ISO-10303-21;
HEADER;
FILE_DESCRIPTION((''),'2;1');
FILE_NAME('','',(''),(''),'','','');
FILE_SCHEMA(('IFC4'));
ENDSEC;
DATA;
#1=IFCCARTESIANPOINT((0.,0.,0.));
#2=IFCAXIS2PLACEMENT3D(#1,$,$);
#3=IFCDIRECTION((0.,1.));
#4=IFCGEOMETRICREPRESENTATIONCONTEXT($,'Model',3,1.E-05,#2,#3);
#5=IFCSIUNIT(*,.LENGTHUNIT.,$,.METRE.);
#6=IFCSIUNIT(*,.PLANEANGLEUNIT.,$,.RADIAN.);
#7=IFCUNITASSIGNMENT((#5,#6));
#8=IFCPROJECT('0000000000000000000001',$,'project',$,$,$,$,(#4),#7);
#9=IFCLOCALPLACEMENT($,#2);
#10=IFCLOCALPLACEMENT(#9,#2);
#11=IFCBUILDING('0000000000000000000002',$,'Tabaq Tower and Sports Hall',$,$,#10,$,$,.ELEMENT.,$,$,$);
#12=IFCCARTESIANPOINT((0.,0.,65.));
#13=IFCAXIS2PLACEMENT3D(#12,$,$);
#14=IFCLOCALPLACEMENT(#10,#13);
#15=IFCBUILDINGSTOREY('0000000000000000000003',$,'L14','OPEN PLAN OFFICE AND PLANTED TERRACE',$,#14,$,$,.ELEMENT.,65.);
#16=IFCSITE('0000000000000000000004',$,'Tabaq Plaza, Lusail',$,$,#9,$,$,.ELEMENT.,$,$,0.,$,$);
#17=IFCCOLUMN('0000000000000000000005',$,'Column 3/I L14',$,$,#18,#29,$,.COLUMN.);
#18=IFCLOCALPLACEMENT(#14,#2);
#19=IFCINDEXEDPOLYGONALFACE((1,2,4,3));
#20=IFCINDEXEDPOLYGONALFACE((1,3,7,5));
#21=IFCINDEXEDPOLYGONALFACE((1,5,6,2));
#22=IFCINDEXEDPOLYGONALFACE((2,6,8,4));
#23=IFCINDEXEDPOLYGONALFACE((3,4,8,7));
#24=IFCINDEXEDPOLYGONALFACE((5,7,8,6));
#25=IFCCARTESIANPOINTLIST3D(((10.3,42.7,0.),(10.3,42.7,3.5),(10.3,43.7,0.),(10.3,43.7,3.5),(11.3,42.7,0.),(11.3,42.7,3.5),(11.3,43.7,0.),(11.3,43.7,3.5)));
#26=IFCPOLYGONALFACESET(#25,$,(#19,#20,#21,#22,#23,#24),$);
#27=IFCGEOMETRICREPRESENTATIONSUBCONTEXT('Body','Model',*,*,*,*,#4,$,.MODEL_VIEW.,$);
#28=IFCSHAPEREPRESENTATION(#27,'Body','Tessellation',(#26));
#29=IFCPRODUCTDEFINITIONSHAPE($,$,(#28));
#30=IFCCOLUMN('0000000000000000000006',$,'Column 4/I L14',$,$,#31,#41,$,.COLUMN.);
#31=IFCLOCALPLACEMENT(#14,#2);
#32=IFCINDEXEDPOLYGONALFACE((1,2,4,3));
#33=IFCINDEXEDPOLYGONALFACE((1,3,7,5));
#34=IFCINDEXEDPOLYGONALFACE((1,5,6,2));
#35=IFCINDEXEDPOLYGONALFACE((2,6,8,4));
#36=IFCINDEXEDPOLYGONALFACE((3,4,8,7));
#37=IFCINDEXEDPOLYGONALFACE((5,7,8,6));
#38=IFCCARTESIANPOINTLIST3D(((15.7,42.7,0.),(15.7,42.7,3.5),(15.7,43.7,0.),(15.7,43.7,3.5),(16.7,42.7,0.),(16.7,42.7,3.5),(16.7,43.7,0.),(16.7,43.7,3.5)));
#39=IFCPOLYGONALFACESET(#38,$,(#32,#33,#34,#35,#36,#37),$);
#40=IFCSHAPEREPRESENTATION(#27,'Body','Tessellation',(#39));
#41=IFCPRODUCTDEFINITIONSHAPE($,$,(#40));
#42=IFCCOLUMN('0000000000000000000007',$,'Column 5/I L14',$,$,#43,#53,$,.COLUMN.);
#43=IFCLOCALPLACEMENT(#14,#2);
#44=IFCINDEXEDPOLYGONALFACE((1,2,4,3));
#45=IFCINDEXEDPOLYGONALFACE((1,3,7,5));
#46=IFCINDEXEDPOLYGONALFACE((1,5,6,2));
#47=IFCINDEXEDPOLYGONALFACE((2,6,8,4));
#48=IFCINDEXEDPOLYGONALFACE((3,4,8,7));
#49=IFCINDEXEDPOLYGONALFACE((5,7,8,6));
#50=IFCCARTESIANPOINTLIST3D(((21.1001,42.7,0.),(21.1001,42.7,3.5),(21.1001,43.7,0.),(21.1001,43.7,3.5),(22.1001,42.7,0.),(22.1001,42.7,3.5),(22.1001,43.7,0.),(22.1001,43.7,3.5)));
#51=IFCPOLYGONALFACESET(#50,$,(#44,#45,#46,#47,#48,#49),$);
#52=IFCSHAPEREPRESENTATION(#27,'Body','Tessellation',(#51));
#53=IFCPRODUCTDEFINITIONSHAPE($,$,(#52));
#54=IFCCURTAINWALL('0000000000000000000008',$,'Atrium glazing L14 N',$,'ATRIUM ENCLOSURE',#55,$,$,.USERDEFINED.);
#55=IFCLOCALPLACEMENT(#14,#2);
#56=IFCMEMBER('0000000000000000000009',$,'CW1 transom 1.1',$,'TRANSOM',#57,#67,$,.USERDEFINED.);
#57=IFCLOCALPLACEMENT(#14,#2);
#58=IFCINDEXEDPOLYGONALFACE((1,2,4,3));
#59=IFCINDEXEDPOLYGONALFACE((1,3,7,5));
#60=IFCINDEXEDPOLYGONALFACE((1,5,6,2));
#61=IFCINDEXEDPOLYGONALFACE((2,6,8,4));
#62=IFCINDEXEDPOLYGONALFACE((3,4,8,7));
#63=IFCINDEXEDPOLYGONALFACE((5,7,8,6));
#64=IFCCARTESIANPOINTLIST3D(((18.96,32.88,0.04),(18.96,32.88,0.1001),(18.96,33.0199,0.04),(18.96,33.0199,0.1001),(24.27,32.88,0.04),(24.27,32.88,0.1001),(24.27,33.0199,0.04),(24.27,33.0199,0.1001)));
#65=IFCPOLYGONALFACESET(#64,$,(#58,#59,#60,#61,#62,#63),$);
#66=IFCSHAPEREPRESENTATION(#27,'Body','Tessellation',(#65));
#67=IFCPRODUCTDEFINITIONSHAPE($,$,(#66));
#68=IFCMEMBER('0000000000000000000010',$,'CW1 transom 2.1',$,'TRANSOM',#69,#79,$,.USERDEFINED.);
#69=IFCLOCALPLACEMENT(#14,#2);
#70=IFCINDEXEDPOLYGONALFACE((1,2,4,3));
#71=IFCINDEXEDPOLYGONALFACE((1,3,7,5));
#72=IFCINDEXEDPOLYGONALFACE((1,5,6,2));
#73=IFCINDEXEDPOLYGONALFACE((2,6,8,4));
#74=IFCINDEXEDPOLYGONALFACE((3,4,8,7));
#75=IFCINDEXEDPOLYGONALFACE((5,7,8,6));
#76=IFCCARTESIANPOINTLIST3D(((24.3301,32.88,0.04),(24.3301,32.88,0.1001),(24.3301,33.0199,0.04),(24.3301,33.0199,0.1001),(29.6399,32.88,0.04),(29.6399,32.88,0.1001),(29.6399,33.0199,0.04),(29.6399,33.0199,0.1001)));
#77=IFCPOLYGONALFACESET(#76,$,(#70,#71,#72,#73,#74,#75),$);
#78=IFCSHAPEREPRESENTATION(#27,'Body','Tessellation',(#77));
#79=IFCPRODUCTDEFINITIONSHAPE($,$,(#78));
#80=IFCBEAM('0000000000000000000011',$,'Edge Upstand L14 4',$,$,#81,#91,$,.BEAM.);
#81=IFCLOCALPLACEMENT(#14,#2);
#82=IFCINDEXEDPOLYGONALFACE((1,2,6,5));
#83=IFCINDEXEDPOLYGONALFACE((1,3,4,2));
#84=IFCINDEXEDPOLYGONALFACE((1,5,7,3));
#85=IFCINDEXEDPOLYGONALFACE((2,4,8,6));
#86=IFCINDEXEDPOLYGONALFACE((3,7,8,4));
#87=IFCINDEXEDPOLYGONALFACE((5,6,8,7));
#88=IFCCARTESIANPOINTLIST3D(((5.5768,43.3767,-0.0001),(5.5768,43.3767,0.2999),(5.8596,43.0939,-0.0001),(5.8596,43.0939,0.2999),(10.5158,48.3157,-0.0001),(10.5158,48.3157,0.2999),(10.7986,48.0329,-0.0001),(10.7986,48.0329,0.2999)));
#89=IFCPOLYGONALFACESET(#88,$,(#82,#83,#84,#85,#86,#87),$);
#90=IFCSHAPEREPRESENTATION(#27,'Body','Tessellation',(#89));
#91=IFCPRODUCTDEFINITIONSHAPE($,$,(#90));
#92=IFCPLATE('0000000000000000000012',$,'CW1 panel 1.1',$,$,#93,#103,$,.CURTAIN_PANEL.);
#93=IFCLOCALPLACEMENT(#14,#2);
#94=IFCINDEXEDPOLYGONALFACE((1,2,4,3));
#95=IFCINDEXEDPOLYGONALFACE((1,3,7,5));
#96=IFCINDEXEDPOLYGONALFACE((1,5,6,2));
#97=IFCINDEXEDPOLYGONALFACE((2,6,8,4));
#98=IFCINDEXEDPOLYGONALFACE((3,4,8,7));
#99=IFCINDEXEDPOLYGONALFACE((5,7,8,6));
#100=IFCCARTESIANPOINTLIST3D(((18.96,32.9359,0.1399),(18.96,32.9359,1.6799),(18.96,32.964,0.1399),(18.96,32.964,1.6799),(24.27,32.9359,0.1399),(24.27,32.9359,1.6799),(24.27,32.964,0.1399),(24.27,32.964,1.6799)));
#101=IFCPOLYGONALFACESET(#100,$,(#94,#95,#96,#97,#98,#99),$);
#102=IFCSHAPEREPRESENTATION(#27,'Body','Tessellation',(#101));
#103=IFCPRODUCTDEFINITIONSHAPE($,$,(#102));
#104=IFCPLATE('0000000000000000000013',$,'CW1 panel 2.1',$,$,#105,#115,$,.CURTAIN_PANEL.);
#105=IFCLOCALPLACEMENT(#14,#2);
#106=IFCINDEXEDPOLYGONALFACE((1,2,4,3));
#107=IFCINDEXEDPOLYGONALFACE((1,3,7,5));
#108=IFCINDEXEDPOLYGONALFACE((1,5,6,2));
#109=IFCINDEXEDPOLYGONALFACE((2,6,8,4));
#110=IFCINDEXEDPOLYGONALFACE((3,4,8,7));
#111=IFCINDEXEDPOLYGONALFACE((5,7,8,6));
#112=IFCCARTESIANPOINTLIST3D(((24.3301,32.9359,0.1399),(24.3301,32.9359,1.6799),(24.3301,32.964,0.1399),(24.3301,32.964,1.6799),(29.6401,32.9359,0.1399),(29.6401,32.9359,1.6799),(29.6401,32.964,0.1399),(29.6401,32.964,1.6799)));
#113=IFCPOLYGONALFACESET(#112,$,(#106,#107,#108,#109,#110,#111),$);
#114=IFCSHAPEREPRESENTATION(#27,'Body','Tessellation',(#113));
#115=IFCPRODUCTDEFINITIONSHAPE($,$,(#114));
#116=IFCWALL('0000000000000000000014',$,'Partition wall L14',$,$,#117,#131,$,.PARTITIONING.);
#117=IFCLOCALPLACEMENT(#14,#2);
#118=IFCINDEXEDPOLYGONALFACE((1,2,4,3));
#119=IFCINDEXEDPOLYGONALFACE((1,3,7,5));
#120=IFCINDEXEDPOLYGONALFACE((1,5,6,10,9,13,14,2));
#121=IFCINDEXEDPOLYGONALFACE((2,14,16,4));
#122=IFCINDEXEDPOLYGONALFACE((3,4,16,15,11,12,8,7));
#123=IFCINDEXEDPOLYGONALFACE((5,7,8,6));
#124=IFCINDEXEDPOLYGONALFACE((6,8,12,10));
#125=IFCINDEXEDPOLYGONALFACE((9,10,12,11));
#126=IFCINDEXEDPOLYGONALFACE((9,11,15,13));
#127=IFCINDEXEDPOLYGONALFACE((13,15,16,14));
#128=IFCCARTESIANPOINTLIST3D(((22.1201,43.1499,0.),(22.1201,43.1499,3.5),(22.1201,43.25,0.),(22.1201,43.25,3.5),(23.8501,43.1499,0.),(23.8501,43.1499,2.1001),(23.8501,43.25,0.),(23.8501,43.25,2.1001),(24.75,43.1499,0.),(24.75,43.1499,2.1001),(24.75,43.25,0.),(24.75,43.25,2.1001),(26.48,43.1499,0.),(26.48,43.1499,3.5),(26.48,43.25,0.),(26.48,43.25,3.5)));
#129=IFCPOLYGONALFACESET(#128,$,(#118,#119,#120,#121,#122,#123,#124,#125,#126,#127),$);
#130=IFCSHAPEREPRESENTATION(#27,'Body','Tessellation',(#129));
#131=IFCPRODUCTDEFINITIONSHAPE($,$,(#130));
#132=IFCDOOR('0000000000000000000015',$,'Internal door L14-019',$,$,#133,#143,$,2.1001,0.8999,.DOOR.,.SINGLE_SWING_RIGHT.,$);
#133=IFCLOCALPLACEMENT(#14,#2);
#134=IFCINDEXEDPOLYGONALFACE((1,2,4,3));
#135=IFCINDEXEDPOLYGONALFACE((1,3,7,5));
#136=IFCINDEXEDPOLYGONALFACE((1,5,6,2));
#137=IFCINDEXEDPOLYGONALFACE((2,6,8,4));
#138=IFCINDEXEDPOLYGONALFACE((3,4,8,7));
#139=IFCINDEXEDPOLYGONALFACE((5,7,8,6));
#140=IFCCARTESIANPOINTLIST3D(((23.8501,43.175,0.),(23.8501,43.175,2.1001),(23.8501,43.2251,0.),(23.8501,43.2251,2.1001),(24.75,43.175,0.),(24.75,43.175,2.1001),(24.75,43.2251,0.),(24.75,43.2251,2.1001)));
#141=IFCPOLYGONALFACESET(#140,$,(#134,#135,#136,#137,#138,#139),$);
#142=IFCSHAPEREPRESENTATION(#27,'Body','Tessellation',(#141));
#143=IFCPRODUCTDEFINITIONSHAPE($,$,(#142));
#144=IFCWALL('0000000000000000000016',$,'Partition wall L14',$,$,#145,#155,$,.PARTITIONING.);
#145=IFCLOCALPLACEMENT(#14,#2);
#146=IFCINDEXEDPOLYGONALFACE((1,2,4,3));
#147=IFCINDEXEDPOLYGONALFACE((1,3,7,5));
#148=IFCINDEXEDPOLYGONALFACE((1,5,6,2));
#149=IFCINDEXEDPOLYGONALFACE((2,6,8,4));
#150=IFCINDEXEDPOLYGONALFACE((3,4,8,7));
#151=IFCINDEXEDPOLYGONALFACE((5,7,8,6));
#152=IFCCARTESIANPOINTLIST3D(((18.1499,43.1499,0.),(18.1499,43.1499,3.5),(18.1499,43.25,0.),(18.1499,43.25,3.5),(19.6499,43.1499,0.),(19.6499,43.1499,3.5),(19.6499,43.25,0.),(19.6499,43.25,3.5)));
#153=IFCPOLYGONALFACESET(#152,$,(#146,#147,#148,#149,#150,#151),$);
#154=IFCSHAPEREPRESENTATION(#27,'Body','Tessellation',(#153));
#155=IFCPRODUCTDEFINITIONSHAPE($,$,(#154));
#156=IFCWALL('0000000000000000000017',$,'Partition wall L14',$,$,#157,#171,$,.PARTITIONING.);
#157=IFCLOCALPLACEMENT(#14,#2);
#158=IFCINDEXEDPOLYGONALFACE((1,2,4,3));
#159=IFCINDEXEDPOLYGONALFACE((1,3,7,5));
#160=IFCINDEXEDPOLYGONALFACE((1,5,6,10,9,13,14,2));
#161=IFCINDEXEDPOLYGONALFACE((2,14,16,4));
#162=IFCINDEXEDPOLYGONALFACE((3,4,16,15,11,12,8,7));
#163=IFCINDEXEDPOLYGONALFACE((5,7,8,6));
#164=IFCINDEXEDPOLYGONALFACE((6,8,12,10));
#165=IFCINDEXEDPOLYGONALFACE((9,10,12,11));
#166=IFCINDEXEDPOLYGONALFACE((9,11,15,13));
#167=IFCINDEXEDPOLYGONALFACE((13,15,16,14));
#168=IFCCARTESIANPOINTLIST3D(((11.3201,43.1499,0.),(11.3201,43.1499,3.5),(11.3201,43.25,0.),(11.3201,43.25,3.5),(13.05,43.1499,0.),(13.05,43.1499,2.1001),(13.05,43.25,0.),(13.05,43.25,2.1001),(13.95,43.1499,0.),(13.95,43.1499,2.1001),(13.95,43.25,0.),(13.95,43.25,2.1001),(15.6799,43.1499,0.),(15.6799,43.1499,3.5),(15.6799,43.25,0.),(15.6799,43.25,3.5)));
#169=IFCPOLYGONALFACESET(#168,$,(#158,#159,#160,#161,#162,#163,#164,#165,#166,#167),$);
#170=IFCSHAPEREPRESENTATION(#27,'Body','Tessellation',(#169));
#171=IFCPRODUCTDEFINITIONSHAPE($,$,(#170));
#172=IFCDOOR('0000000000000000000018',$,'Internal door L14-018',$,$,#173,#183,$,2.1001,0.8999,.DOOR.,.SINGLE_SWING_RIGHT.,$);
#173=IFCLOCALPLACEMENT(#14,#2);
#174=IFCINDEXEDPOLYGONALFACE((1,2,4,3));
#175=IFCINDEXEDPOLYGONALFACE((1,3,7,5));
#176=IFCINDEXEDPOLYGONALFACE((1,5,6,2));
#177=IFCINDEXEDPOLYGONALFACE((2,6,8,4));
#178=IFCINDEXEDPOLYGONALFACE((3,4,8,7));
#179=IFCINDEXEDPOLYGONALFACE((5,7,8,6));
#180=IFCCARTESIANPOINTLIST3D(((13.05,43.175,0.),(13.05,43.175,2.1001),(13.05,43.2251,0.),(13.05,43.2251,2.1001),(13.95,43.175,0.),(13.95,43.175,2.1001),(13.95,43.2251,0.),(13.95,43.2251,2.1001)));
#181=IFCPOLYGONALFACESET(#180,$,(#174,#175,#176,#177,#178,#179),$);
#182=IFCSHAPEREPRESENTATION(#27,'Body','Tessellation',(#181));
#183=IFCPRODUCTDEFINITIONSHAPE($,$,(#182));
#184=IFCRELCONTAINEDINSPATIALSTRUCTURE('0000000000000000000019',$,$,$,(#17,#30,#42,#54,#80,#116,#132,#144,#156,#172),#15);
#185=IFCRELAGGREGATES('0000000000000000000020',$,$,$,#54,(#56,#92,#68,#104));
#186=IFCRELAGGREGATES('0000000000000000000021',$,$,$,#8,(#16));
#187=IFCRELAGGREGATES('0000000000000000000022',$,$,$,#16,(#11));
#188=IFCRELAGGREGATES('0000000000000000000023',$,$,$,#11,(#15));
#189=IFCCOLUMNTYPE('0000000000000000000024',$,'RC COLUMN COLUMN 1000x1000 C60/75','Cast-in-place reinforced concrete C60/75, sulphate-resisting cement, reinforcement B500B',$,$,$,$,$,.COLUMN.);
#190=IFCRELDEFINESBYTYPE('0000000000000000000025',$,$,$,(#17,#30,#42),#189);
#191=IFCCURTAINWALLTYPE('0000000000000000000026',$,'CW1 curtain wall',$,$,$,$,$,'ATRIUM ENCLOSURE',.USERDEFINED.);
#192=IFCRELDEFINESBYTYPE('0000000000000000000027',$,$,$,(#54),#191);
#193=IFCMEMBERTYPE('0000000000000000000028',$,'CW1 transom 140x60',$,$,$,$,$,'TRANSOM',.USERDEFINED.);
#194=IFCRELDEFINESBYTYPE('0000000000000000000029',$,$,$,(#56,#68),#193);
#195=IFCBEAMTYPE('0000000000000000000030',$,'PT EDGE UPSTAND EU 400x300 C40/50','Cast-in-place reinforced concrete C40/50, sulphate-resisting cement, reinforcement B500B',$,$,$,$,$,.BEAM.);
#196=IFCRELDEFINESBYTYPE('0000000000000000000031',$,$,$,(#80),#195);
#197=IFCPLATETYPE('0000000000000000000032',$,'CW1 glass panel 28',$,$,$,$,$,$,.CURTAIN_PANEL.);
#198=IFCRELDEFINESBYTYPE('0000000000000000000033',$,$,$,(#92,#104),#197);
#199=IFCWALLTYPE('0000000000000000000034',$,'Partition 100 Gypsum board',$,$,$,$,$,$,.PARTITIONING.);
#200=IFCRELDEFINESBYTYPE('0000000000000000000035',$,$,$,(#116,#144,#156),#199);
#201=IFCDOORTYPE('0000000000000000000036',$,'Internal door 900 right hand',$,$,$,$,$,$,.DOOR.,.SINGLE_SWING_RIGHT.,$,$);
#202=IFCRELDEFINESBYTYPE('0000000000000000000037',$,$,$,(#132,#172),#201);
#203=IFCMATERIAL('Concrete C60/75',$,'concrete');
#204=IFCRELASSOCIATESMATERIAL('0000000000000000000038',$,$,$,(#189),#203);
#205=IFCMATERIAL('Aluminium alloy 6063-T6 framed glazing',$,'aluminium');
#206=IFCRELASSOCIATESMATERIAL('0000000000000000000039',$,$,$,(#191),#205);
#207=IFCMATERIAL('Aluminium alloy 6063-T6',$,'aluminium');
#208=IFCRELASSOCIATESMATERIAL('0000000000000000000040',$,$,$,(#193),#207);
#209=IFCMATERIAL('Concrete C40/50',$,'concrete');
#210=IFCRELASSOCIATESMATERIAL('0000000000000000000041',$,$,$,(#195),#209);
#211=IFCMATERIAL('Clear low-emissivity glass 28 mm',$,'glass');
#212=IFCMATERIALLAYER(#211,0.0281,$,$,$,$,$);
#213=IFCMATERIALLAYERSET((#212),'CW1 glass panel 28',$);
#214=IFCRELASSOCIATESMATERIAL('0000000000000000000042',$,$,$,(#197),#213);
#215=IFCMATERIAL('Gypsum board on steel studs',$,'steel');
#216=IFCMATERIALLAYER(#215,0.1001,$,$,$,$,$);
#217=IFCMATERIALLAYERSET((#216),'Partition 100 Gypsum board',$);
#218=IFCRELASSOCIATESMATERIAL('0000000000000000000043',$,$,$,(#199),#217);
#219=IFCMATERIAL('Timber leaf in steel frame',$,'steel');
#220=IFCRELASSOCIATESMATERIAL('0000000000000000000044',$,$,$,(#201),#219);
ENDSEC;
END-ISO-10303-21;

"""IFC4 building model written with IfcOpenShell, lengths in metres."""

from ifc_helpers import new_model, si_unit, direction, frame, frame_2d, origin, origin_2d, place, context, subcontext, project, spatial, rectangle, extrude, material, layer, layer_set, material_profile, profile_set, type_object, element, fill, aggregate, save


model = new_model("IFC4")

# Units and contexts
model_context = context("Model", 3, precision=1e-05, world=origin(), true_north=direction((0.0, 1.0)))
body_context = subcontext(model_context, "Body", "Model", "MODEL_VIEW")
ifc_project = project(units=[si_unit("LENGTHUNIT", "METRE"), si_unit("PLANEANGLEUNIT", "RADIAN")], contexts=[model_context])

# Site, building, storey
site_placement = place(None, origin())
site = spatial("IfcSite", under=ifc_project, at=site_placement, Name="Tabaq Plaza, Lusail", CompositionType="ELEMENT", RefElevation=0.0)
building_placement = place(site_placement, origin())
building = spatial("IfcBuilding", under=site, at=building_placement, Name="Tabaq Tower and Sports Hall", CompositionType="ELEMENT")
storey_placement = place(building_placement, frame((0.0, 0.0, 65.0)))
storey = spatial("IfcBuildingStorey", under=building, at=storey_placement, Name="L14", Description="OPEN PLAN OFFICE AND PLANTED TERRACE", CompositionType="ELEMENT", Elevation=65.0)

# Columns
ifc_material_1 = material(Name="Concrete C60/75", Category="concrete")
ifc_material_profile_1 = material_profile(ifc_material_1, rectangle(XDim=1.0, YDim=1.0, at=origin_2d()), Name="COLUMN 1000x1000")
ifc_profile_set_1 = profile_set([ifc_material_profile_1], Name="Concrete C60/75")
column_type = type_object("IfcColumnType", Name="RC COLUMN COLUMN 1000x1000 C60/75", Description="Cast-in-place reinforced concrete C60/75, sulphate-resisting cement, reinforcement B500B", PredefinedType="COLUMN", material=ifc_profile_set_1)
for number, where, z_axis, x_axis, name in (
    (1, (10.8, 43.2, 0.0), (0.0, 0.0, 1.0), (1.0, 0.0, 0.0), "Column 3/I L14"),
    (2, (16.2, 43.2, 0.0), (0.0, 0.0, 1.0), (1.0, 0.0, 0.0), "Column 4/I L14"),
    (3, (21.6001, 43.2, 0.0), (0.0, 0.0, 1.0), (1.0, 0.0, 0.0), "Column 5/I L14"),
):
    element("IfcColumn", number, at=place(storey_placement, frame(where, z_axis=z_axis, x_axis=x_axis)), inside=storey, type_object=column_type, Name=name, PredefinedType="COLUMN", context=body_context, shape_type="SweptSolid", body=[
        extrude(rectangle(XDim=1.0, YDim=1.0, at=origin_2d()), origin(), (0.0, 0.0, 1.0), 3.5),
    ])

# Curtain wall, members
ifc_material_2 = material(Name="Aluminium alloy 6063-T6 framed glazing", Category="aluminium")
curtain_wall_type = type_object("IfcCurtainWallType", Name="CW1 curtain wall", ElementType="ATRIUM ENCLOSURE", PredefinedType="USERDEFINED", material=ifc_material_2)
curtain_wall_placement = place(storey_placement, origin())
curtain_wall = element("IfcCurtainWall", 4, at=curtain_wall_placement, inside=storey, type_object=curtain_wall_type, Name="Atrium glazing L14 N", ObjectType="ATRIUM ENCLOSURE", PredefinedType="USERDEFINED")
ifc_material_3 = material(Name="Aluminium alloy 6063-T6", Category="aluminium")
ifc_material_profile_2 = material_profile(ifc_material_3, rectangle(XDim=0.1399, YDim=0.0601, at=origin_2d()), Name="TRANSOM 140x60")
ifc_profile_set_2 = profile_set([ifc_material_profile_2], Name="Aluminium alloy 6063-T6")
member_type = type_object("IfcMemberType", Name="CW1 transom 140x60", ElementType="TRANSOM", PredefinedType="USERDEFINED", material=ifc_profile_set_2)
member_1_placement = place(storey_placement, frame((18.96, 32.95, 0.0701), z_axis=(1.0, 0.0, 0.0), x_axis=(0.0, 1.0, 0.0)))
member_1 = element("IfcMember", 5, at=member_1_placement, type_object=member_type, Name="CW1 transom 1.1", ObjectType="TRANSOM", PredefinedType="USERDEFINED", context=body_context, shape_type="SweptSolid", body=[
    extrude(rectangle(XDim=0.1399, YDim=0.0601, at=origin_2d()), origin(), (0.0, 0.0, 1.0), 5.3101),
])
member_2_placement = place(storey_placement, frame((24.3301, 32.95, 0.0701), z_axis=(1.0, 0.0, 0.0), x_axis=(0.0, 1.0, 0.0)))
member_2 = element("IfcMember", 6, at=member_2_placement, type_object=member_type, Name="CW1 transom 2.1", ObjectType="TRANSOM", PredefinedType="USERDEFINED", context=body_context, shape_type="SweptSolid", body=[
    extrude(rectangle(XDim=0.1399, YDim=0.0601, at=origin_2d()), origin(), (0.0, 0.0, 1.0), 5.3098),
])

# Beam
ifc_material_4 = material(Name="Concrete C40/50", Category="concrete")
ifc_material_profile_3 = material_profile(ifc_material_4, rectangle(XDim=0.3999, YDim=0.3, at=origin_2d()), Name="EU 400x300")
ifc_profile_set_3 = profile_set([ifc_material_profile_3], Name="Concrete C40/50")
beam_type = type_object("IfcBeamType", Name="PT EDGE UPSTAND EU 400x300 C40/50", Description="Cast-in-place reinforced concrete C40/50, sulphate-resisting cement, reinforcement B500B", PredefinedType="BEAM", material=ifc_profile_set_3)
beam_placement = place(storey_placement, frame((10.6572, 48.1743, 0.1499), z_axis=(-0.707107, -0.707107, 0.0), x_axis=(0.707107, -0.707107, 0.0)))
element("IfcBeam", 7, at=beam_placement, inside=storey, type_object=beam_type, Name="Edge Upstand L14 4", PredefinedType="BEAM", context=body_context, shape_type="SweptSolid", body=[
    extrude(rectangle(XDim=0.3999, YDim=0.3, at=origin_2d()), origin(), (0.0, 0.0, 1.0), 6.9849),
])

# Plates
ifc_material_5 = material(Name="Clear low-emissivity glass 28 mm", Category="glass")
ifc_layer_1 = layer(ifc_material_5, 0.0281)
ifc_layer_set_1 = layer_set([ifc_layer_1], Name="CW1 glass panel 28")
plate_type = type_object("IfcPlateType", Name="CW1 glass panel 28", PredefinedType="CURTAIN_PANEL", material=ifc_layer_set_1)
plate_1_placement = place(storey_placement, frame((21.615, 32.95, 0.1399), z_axis=(0.0, 0.0, 1.0), x_axis=(1.0, 0.0, 0.0)))
plate_1 = element("IfcPlate", 8, at=plate_1_placement, type_object=plate_type, Name="CW1 panel 1.1", PredefinedType="CURTAIN_PANEL", context=body_context, shape_type="SweptSolid", body=[
    extrude(rectangle(XDim=5.3101, YDim=0.0281, at=origin_2d()), origin(), (0.0, 0.0, 1.0), 1.54),
])
plate_2_placement = place(storey_placement, frame((26.9851, 32.95, 0.1399), z_axis=(0.0, 0.0, 1.0), x_axis=(1.0, 0.0, 0.0)))
plate_2 = element("IfcPlate", 9, at=plate_2_placement, type_object=plate_type, Name="CW1 panel 2.1", PredefinedType="CURTAIN_PANEL", context=body_context, shape_type="SweptSolid", body=[
    extrude(rectangle(XDim=5.3101, YDim=0.0281, at=origin_2d()), origin(), (0.0, 0.0, 1.0), 1.54),
])
aggregate(curtain_wall, [member_1, plate_1, member_2, plate_2])

# Wall, opening, door
ifc_material_6 = material(Name="Gypsum board on steel studs", Category="steel")
ifc_layer_2 = layer(ifc_material_6, 0.1001)
ifc_layer_set_2 = layer_set([ifc_layer_2], Name="Partition 100 Gypsum board")
wall_type_1 = type_object("IfcWallType", Name="Partition 100 Gypsum board", PredefinedType="PARTITIONING", material=ifc_layer_set_2)
wall_1_placement = place(storey_placement, frame((26.48, 43.2, 0.0), z_axis=(0.0, 0.0, 1.0), x_axis=(-1.0, 0.0, 0.0)))
wall_1 = element("IfcWall", 10, at=wall_1_placement, inside=storey, type_object=wall_type_1, Name="Partition wall L14", PredefinedType="PARTITIONING", context=body_context, shape_type="SweptSolid", body=[
    extrude(rectangle(XDim=4.3599, YDim=0.1001, at=frame_2d((2.1799, 0.0))), origin(), (0.0, 0.0, 1.0), 3.5),
])
opening_1_placement = place(wall_1_placement, frame((1.73, 0.0, 0.0)))
opening_1 = element("IfcOpeningElement", 11, at=opening_1_placement, cuts=wall_1, PredefinedType="OPENING", context=body_context, shape_type="SweptSolid", body=[
    extrude(rectangle(XDim=0.8999, YDim=2.1001, at=frame_2d((0.45, 1.05))), frame((0.0, 0.05, 0.0), z_axis=(0.0, -1.0, 0.0), x_axis=(1.0, 0.0, 0.0)), (0.0, 0.0, 1.0), 0.1001),
])
ifc_material_7 = material(Name="Timber leaf in steel frame", Category="steel")
door_type = type_object("IfcDoorType", Name="Internal door 900 right hand", OperationType="SINGLE_SWING_RIGHT", PredefinedType="DOOR", material=ifc_material_7)
door_1_placement = place(opening_1_placement, origin())
door_1 = element("IfcDoor", 12, at=door_1_placement, inside=storey, type_object=door_type, Name="Internal door L14-019", OperationType="SINGLE_SWING_RIGHT", OverallHeight=2.1001, OverallWidth=0.8999, PredefinedType="DOOR", context=body_context, shape_type="SweptSolid", body=[
    extrude(rectangle(XDim=0.8999, YDim=2.1001, at=frame_2d((0.45, 1.05))), frame((0.0, 0.0249, 0.0), z_axis=(0.0, -1.0, 0.0), x_axis=(1.0, 0.0, 0.0)), (0.0, 0.0, 1.0), 0.05),
])
fill(opening_1, door_1)

# Wall
wall_2_placement = place(storey_placement, frame((19.6499, 43.2, 0.0), z_axis=(0.0, 0.0, 1.0), x_axis=(-1.0, 0.0, 0.0)))
element("IfcWall", 13, at=wall_2_placement, inside=storey, type_object=wall_type_1, Name="Partition wall L14", PredefinedType="PARTITIONING", context=body_context, shape_type="SweptSolid", body=[
    extrude(rectangle(XDim=1.5, YDim=0.1001, at=frame_2d((0.75, 0.0))), origin(), (0.0, 0.0, 1.0), 3.5),
])

# Wall, opening, door
wall_3_placement = place(storey_placement, frame((15.6799, 43.2, 0.0), z_axis=(0.0, 0.0, 1.0), x_axis=(-1.0, 0.0, 0.0)))
wall_3 = element("IfcWall", 14, at=wall_3_placement, inside=storey, type_object=wall_type_1, Name="Partition wall L14", PredefinedType="PARTITIONING", context=body_context, shape_type="SweptSolid", body=[
    extrude(rectangle(XDim=4.3599, YDim=0.1001, at=frame_2d((2.1799, 0.0))), origin(), (0.0, 0.0, 1.0), 3.5),
])
opening_2_placement = place(wall_3_placement, frame((1.73, 0.0, 0.0)))
opening_2 = element("IfcOpeningElement", 15, at=opening_2_placement, cuts=wall_3, PredefinedType="OPENING", context=body_context, shape_type="SweptSolid", body=[
    extrude(rectangle(XDim=0.8999, YDim=2.1001, at=frame_2d((0.45, 1.05))), frame((0.0, 0.05, 0.0), z_axis=(0.0, -1.0, 0.0), x_axis=(1.0, 0.0, 0.0)), (0.0, 0.0, 1.0), 0.1001),
])
door_2_placement = place(opening_2_placement, origin())
door_2 = element("IfcDoor", 16, at=door_2_placement, inside=storey, type_object=door_type, Name="Internal door L14-018", OperationType="SINGLE_SWING_RIGHT", OverallHeight=2.1001, OverallWidth=0.8999, PredefinedType="DOOR", context=body_context, shape_type="SweptSolid", body=[
    extrude(rectangle(XDim=0.8999, YDim=2.1001, at=frame_2d((0.45, 1.05))), frame((0.0, 0.0249, 0.0), z_axis=(0.0, -1.0, 0.0), x_axis=(1.0, 0.0, 0.0)), (0.0, 0.0, 1.0), 0.05),
])
fill(opening_2, door_2)

save(model, "model.ifc")
